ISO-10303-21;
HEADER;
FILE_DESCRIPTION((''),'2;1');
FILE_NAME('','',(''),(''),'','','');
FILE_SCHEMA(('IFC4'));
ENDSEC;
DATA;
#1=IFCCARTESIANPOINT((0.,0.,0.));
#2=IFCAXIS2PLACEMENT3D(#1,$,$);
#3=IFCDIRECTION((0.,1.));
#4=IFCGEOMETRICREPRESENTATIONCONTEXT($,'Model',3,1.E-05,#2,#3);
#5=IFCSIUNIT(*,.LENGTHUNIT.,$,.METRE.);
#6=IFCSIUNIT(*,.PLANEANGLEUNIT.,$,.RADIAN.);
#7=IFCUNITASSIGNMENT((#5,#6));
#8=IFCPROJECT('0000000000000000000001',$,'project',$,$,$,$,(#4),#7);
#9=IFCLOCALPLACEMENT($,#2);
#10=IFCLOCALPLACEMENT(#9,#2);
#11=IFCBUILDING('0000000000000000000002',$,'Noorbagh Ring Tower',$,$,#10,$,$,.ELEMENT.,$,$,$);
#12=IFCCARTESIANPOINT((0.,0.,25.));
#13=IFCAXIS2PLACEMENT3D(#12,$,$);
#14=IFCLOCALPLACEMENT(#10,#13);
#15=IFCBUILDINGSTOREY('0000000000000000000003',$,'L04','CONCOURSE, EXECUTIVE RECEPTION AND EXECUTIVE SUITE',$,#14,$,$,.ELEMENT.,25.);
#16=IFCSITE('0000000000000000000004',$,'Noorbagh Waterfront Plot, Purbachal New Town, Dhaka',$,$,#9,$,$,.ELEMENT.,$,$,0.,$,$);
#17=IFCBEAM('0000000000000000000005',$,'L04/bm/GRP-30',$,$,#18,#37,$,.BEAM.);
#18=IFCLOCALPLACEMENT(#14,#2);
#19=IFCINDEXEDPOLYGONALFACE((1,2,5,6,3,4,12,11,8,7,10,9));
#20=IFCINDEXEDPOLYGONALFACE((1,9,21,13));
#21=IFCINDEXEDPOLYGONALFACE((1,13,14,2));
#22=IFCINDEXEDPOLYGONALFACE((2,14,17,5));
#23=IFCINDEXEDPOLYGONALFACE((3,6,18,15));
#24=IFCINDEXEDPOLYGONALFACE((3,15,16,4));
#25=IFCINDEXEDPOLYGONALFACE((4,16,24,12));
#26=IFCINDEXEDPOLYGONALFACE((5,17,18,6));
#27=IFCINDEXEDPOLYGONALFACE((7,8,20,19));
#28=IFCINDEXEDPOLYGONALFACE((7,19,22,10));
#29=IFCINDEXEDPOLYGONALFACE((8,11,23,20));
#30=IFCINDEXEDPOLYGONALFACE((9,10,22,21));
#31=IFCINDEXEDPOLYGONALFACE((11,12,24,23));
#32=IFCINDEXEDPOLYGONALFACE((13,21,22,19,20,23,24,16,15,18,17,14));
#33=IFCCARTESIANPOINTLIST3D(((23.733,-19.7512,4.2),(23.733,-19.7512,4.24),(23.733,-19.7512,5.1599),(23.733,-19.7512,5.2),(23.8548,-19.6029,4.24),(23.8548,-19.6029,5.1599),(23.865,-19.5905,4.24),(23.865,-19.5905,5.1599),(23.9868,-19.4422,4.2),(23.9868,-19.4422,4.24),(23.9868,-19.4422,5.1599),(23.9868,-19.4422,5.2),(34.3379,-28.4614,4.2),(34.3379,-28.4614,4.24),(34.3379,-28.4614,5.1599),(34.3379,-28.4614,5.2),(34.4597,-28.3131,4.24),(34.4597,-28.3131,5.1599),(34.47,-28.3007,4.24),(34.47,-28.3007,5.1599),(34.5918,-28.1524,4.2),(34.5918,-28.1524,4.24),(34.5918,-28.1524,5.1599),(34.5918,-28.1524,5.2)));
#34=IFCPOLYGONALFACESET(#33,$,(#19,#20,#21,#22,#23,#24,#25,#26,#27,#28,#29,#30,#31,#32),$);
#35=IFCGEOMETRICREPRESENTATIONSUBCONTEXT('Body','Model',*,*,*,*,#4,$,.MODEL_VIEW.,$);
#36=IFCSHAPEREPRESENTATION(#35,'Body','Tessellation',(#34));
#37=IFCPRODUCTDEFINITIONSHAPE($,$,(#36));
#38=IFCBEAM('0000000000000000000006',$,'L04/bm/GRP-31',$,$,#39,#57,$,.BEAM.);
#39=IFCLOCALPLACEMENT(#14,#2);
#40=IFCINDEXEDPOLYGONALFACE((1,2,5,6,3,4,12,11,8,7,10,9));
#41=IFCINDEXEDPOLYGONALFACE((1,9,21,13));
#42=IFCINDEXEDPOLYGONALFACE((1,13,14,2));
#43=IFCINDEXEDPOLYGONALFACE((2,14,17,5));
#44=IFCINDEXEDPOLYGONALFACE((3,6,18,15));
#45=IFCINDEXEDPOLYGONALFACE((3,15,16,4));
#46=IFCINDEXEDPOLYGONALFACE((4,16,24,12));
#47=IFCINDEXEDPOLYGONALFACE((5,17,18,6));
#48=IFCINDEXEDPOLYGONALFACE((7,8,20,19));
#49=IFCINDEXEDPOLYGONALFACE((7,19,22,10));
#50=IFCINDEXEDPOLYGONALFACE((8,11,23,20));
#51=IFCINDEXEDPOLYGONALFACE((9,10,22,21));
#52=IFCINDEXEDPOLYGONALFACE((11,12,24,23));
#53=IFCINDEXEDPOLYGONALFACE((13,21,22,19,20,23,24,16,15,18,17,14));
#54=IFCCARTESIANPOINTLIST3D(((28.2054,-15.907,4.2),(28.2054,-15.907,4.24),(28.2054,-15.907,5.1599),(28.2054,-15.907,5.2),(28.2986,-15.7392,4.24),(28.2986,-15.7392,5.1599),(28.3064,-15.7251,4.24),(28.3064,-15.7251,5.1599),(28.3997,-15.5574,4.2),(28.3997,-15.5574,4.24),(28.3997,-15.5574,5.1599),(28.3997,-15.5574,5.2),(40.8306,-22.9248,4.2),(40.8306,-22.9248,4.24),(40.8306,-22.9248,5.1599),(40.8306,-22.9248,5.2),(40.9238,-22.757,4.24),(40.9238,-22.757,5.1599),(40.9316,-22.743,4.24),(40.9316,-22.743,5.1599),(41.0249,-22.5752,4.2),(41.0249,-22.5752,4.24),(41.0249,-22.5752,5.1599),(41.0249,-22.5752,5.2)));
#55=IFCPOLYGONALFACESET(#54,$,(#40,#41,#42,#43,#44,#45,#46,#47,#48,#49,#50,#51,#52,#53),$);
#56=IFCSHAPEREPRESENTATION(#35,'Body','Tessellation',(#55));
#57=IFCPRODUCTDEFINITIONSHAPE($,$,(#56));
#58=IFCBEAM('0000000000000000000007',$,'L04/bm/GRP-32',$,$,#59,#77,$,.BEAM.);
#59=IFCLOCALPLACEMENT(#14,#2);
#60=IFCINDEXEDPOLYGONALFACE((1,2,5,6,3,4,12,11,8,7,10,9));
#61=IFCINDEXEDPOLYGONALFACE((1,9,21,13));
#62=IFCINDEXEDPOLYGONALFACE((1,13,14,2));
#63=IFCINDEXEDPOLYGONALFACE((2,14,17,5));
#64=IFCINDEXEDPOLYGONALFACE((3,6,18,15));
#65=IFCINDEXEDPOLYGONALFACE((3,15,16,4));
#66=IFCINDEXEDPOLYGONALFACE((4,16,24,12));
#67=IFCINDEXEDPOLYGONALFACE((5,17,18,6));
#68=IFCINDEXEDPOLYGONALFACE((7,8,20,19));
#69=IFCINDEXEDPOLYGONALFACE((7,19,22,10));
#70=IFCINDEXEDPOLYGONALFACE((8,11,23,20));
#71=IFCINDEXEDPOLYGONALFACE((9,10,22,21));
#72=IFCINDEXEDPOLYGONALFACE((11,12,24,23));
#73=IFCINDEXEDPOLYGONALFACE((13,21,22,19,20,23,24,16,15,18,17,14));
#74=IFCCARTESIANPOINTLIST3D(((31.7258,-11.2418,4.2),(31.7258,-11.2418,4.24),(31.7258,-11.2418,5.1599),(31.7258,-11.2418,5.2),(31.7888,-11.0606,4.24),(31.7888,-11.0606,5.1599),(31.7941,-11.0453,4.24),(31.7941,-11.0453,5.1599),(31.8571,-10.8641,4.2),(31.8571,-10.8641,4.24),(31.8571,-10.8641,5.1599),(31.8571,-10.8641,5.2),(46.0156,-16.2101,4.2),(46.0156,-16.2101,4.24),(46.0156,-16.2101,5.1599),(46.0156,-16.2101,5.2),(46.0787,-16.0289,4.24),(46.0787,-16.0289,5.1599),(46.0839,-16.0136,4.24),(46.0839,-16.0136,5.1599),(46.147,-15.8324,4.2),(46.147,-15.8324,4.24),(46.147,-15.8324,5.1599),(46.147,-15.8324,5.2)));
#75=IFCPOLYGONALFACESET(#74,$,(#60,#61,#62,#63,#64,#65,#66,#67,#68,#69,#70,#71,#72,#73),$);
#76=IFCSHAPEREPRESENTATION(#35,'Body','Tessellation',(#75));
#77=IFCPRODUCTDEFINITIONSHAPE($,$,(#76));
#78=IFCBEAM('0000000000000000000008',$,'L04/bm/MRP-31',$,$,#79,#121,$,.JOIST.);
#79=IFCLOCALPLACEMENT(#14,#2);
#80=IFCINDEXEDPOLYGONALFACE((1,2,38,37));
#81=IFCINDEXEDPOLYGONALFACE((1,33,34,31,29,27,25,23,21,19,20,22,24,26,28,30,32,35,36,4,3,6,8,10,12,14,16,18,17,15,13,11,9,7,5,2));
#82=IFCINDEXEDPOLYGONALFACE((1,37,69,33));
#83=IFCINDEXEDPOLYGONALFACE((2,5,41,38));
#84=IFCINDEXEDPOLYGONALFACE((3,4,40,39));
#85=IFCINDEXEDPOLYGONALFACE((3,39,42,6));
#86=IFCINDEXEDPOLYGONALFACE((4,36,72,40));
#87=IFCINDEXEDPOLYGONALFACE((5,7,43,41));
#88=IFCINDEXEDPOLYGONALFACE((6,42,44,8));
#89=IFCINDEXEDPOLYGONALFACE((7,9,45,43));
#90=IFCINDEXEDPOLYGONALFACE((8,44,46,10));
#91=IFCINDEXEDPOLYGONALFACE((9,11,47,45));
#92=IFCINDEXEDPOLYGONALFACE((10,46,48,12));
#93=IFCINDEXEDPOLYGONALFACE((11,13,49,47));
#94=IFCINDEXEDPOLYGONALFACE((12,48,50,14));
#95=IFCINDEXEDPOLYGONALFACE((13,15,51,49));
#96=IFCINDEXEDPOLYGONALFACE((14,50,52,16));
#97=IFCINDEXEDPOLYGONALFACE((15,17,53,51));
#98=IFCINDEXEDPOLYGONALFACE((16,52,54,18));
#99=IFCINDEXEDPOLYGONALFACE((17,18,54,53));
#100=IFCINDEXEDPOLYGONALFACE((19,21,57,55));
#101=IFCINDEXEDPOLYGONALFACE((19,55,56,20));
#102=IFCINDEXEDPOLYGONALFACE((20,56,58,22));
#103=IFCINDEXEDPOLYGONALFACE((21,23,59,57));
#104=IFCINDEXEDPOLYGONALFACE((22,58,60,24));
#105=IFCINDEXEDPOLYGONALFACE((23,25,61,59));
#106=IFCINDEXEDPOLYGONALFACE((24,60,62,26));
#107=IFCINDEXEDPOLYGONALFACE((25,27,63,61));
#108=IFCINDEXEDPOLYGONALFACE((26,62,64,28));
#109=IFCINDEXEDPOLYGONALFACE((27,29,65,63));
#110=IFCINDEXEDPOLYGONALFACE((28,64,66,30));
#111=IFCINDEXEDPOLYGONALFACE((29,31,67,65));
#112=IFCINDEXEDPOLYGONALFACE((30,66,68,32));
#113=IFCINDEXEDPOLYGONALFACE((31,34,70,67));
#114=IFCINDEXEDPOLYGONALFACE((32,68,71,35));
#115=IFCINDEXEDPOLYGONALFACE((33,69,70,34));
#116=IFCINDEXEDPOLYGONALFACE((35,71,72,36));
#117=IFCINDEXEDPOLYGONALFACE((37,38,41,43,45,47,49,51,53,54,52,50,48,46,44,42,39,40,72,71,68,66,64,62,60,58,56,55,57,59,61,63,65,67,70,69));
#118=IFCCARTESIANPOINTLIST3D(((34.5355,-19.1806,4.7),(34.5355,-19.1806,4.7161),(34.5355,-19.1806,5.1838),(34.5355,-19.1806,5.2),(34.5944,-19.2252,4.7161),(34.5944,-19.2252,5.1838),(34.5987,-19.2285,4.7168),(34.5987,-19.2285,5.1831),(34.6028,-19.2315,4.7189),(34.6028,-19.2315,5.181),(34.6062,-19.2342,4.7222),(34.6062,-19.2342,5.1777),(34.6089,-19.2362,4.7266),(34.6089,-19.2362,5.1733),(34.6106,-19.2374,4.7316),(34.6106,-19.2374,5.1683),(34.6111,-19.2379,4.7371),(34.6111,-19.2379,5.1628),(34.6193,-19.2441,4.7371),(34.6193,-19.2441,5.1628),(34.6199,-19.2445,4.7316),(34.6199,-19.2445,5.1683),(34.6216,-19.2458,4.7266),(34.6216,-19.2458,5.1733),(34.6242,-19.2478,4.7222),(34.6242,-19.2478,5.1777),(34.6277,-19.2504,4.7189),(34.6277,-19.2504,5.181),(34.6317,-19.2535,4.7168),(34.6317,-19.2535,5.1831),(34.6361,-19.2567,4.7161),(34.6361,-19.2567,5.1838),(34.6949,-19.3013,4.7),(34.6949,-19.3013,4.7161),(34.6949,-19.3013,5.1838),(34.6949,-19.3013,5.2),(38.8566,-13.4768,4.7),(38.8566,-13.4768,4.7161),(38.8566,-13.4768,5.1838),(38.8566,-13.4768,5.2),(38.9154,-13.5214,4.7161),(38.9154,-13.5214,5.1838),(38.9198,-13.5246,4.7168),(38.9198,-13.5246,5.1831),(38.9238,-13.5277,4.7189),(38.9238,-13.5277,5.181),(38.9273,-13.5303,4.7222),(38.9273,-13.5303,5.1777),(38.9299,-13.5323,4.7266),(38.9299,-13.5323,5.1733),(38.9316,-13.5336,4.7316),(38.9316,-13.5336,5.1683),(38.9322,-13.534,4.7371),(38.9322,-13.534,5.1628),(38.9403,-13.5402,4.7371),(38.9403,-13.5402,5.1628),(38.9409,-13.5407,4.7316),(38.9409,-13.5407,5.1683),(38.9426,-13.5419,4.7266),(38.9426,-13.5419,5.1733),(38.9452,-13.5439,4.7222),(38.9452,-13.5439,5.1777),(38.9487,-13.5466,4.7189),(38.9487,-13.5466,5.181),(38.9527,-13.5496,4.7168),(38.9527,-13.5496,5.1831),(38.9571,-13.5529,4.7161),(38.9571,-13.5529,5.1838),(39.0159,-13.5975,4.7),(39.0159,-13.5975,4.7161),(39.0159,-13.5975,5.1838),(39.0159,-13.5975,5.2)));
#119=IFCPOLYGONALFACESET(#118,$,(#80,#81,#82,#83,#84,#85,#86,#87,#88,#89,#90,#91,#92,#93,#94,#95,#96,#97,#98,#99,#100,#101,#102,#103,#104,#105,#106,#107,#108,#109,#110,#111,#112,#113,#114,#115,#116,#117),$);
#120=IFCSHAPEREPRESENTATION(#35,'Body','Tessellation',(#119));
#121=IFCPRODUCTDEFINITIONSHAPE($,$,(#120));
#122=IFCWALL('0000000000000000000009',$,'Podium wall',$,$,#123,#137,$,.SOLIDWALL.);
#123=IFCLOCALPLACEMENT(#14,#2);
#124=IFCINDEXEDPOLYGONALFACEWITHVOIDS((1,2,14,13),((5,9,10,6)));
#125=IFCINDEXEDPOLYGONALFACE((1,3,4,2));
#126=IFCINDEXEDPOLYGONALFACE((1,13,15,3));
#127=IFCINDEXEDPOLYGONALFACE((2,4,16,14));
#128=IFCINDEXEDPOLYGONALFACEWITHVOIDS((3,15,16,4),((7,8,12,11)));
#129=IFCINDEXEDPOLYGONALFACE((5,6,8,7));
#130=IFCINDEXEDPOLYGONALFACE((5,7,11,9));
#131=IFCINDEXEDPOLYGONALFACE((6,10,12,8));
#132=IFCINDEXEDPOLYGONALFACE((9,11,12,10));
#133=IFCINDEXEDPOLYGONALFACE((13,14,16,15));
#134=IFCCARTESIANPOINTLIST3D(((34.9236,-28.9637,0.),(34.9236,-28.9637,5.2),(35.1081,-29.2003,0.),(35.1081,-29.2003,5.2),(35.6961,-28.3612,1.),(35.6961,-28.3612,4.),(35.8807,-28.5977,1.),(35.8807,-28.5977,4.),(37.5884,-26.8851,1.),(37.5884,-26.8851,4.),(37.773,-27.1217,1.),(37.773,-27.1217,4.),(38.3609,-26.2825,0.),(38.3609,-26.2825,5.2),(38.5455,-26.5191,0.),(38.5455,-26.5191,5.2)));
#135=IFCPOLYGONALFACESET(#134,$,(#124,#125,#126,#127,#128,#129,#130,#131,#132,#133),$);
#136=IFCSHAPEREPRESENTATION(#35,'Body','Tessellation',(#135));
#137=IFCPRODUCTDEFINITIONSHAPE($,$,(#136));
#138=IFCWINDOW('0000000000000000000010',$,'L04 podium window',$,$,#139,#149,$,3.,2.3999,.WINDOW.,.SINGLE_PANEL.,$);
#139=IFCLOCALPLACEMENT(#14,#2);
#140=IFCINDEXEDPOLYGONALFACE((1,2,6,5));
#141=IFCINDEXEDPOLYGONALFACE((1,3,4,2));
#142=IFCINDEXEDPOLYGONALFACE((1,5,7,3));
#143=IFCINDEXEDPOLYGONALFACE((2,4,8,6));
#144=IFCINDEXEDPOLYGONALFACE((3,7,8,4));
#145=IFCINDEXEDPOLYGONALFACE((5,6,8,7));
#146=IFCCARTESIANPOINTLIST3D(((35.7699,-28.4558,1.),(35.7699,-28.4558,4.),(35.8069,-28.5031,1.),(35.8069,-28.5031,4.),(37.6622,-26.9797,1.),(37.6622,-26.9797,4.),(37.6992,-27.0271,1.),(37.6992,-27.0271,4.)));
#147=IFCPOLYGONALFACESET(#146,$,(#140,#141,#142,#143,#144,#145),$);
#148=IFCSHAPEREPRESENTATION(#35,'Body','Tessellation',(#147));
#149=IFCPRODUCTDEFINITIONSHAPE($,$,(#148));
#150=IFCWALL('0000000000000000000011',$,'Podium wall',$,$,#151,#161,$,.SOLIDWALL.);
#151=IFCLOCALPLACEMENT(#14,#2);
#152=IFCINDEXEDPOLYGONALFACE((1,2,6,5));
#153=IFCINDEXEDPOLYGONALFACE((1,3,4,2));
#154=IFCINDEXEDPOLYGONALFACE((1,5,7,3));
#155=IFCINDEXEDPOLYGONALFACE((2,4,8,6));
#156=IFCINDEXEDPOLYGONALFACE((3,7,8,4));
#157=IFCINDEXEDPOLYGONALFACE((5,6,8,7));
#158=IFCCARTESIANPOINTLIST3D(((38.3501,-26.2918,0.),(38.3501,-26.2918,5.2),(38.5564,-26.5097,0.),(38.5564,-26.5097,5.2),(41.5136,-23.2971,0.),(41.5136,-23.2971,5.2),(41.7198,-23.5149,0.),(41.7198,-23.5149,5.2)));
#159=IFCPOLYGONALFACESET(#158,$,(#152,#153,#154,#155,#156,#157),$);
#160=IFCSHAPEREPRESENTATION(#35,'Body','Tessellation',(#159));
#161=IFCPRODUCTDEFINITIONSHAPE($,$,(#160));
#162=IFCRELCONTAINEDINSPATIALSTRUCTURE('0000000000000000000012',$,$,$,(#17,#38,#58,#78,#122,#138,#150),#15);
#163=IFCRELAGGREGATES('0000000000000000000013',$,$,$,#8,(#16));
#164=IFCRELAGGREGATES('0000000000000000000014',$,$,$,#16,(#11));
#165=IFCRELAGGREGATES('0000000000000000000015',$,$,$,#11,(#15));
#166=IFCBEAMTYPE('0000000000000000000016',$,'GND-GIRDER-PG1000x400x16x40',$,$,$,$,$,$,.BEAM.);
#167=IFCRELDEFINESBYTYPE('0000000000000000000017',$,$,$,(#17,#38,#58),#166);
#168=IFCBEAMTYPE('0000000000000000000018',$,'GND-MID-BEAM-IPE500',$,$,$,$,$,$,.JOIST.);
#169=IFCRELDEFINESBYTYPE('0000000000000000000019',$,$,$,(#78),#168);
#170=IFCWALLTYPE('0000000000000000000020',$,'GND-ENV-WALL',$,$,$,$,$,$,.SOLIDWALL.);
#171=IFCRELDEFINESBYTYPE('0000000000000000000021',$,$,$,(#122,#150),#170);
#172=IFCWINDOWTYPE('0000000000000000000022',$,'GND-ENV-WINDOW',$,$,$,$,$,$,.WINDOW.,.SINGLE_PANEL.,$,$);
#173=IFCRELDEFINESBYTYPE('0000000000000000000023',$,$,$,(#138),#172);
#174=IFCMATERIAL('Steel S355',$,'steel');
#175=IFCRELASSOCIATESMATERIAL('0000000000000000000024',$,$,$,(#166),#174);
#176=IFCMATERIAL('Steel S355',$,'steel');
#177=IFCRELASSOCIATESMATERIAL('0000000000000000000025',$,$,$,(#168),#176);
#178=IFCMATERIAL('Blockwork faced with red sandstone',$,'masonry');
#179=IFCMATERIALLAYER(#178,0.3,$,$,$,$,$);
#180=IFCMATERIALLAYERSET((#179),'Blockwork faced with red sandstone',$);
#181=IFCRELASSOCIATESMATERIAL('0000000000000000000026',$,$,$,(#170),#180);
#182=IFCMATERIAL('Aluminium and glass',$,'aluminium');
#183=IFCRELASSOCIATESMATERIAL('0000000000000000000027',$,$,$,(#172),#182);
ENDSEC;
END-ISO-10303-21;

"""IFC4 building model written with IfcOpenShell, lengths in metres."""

from ifc_helpers import new_model, si_unit, direction, frame, frame_2d, origin, origin_2d, place, context, subcontext, project, spatial, rectangle, i_section, extrude, material, layer, layer_set, material_profile, profile_set, type_object, element, fill, save


model = new_model("IFC4")

# Units and contexts
model_context = context("Model", 3, precision=1e-05, world=origin(), true_north=direction((0.0, 1.0)))
body_context = subcontext(model_context, "Body", "Model", "MODEL_VIEW")
ifc_project = project(units=[si_unit("LENGTHUNIT", "METRE"), si_unit("PLANEANGLEUNIT", "RADIAN")], contexts=[model_context])

# Site, building, storey
site_placement = place(None, origin())
site = spatial("IfcSite", under=ifc_project, at=site_placement, Name="Noorbagh Waterfront Plot, Purbachal New Town, Dhaka", CompositionType="ELEMENT", RefElevation=0.0)
building_placement = place(site_placement, origin())
building = spatial("IfcBuilding", under=site, at=building_placement, Name="Noorbagh Ring Tower", CompositionType="ELEMENT")
storey_placement = place(building_placement, frame((0.0, 0.0, 25.0)))
storey = spatial("IfcBuildingStorey", under=building, at=storey_placement, Name="L04", Description="CONCOURSE, EXECUTIVE RECEPTION AND EXECUTIVE SUITE", CompositionType="ELEMENT", Elevation=25.0)

# Beams
ifc_material_1 = material(Name="Steel S355", Category="steel")
ifc_material_profile_1 = material_profile(ifc_material_1, i_section(OverallWidth=0.3999, OverallDepth=1.0, WebThickness=0.0161, FlangeThickness=0.04, at=origin_2d()), Name="PG1000x400x16x40")
ifc_profile_set_1 = profile_set([ifc_material_profile_1], Name="Steel S355")
beam_type_1 = type_object("IfcBeamType", Name="GND-GIRDER-PG1000x400x16x40", PredefinedType="BEAM", material=ifc_profile_set_1)
beam_1_placement = place(storey_placement, frame((34.4648, -28.3069, 4.7), z_axis=(-0.772763, 0.634695, 0.0), x_axis=(-0.634695, -0.772763, 0.0)))
element("IfcBeam", 1, at=beam_1_placement, inside=storey, type_object=beam_type_1, Name="L04/bm/GRP-30", PredefinedType="BEAM", context=body_context, shape_type="SweptSolid", body=[
    extrude(i_section(OverallWidth=0.3999, OverallDepth=1.0, WebThickness=0.0161, FlangeThickness=0.04, at=origin_2d()), origin(), (0.0, 0.0, 1.0), 13.7234),
])
beam_2_placement = place(storey_placement, frame((40.9277, -22.75, 4.7), z_axis=(-0.874046, 0.485844, 0.0), x_axis=(-0.485844, -0.874046, 0.0)))
element("IfcBeam", 2, at=beam_2_placement, inside=storey, type_object=beam_type_1, Name="L04/bm/GRP-31", PredefinedType="BEAM", context=body_context, shape_type="SweptSolid", body=[
    extrude(i_section(OverallWidth=0.3999, OverallDepth=1.0, WebThickness=0.0161, FlangeThickness=0.04, at=origin_2d()), origin(), (0.0, 0.0, 1.0), 14.4446),
])
beam_3_placement = place(storey_placement, frame((46.0813, -16.0212, 4.7), z_axis=(-0.94454, 0.328397, 0.0), x_axis=(-0.328397, -0.94454, 0.0)))
element("IfcBeam", 3, at=beam_3_placement, inside=storey, type_object=beam_type_1, Name="L04/bm/GRP-32", PredefinedType="BEAM", context=body_context, shape_type="SweptSolid", body=[
    extrude(i_section(OverallWidth=0.3999, OverallDepth=1.0, WebThickness=0.0161, FlangeThickness=0.04, at=origin_2d()), origin(), (0.0, 0.0, 1.0), 15.1289),
])
ifc_material_2 = material(Name="Steel S355", Category="steel")
ifc_material_profile_2 = material_profile(ifc_material_2, i_section(OverallWidth=0.2, OverallDepth=0.5, WebThickness=0.0103, FlangeThickness=0.0161, FilletRadius=0.021, at=origin_2d()), Name="IPE500")
ifc_profile_set_2 = profile_set([ifc_material_profile_2], Name="Steel S355")
beam_type_2 = type_object("IfcBeamType", Name="GND-MID-BEAM-IPE500", PredefinedType="JOIST", material=ifc_profile_set_2)
beam_4_placement = place(storey_placement, frame((34.6152, -19.241, 4.95), z_axis=(0.603852, 0.797096, 0.0), x_axis=(-0.797096, 0.603852, 0.0)))
element("IfcBeam", 4, at=beam_4_placement, inside=storey, type_object=beam_type_2, Name="L04/bm/MRP-31", PredefinedType="JOIST", context=body_context, shape_type="SweptSolid", body=[
    extrude(i_section(OverallWidth=0.2, OverallDepth=0.5, WebThickness=0.0103, FlangeThickness=0.0161, FilletRadius=0.021, at=origin_2d()), origin(), (0.0, 0.0, 1.0), 7.1558),
])

# Wall, opening, window
ifc_material_3 = material(Name="Blockwork faced with red sandstone", Category="masonry")
ifc_layer_1 = layer(ifc_material_3, 0.3)
ifc_layer_set_1 = layer_set([ifc_layer_1], Name="Blockwork faced with red sandstone")
wall_type_1 = type_object("IfcWallType", Name="GND-ENV-WALL", PredefinedType="SOLIDWALL", material=ifc_layer_set_1)
wall_1_placement = place(storey_placement, frame((35.0159, -29.082, 0.0), z_axis=(0.0, 0.0, 1.0), x_axis=(0.788492, 0.615045, 0.0)))
wall_1 = element("IfcWall", 5, at=wall_1_placement, inside=storey, type_object=wall_type_1, Name="Podium wall", PredefinedType="SOLIDWALL", context=body_context, shape_type="SweptSolid", body=[
    extrude(rectangle(XDim=4.3594, YDim=0.3, at=frame_2d((2.1797, 0.0))), origin(), (0.0, 0.0, 1.0), 5.2),
])
opening_1_placement = place(wall_1_placement, frame((0.9797, 0.0, 1.0)))
opening_1 = element("IfcOpeningElement", 6, at=opening_1_placement, cuts=wall_1, PredefinedType="OPENING", context=body_context, shape_type="SweptSolid", body=[
    extrude(rectangle(XDim=2.3999, YDim=3.0, at=frame_2d((1.2, 1.5))), frame((0.0, 0.1602, 0.0), z_axis=(0.0, -1.0, 0.0), x_axis=(1.0, 0.0, 0.0)), (0.0, 0.0, 1.0), 0.3201),
])
ifc_material_4 = material(Name="Aluminium and glass", Category="aluminium")
window_type = type_object("IfcWindowType", Name="GND-ENV-WINDOW", PartitioningType="SINGLE_PANEL", PredefinedType="WINDOW", material=ifc_material_4)
window_1_placement = place(opening_1_placement, origin())
window_1 = element("IfcWindow", 7, at=window_1_placement, inside=storey, type_object=window_type, Name="L04 podium window", OverallHeight=3.0, OverallWidth=2.3999, PartitioningType="SINGLE_PANEL", PredefinedType="WINDOW", context=body_context, shape_type="SweptSolid", body=[
    extrude(rectangle(XDim=2.3999, YDim=3.0, at=frame_2d((1.2, 1.5))), frame((0.0, 0.03, 0.0), z_axis=(0.0, -1.0, 0.0), x_axis=(1.0, 0.0, 0.0)), (0.0, 0.0, 1.0), 0.0601),
])
fill(opening_1, window_1)

# Wall
wall_2_placement = place(storey_placement, frame((38.4531, -26.4009, 0.0), z_axis=(0.0, 0.0, 1.0), x_axis=(0.726204, 0.687479, 0.0)))
element("IfcWall", 8, at=wall_2_placement, inside=storey, type_object=wall_type_1, Name="Podium wall", PredefinedType="SOLIDWALL", context=body_context, shape_type="SweptSolid", body=[
    extrude(rectangle(XDim=4.3562, YDim=0.3, at=frame_2d((2.1782, 0.0))), origin(), (0.0, 0.0, 1.0), 5.2),
])

save(model, "model.ifc")
